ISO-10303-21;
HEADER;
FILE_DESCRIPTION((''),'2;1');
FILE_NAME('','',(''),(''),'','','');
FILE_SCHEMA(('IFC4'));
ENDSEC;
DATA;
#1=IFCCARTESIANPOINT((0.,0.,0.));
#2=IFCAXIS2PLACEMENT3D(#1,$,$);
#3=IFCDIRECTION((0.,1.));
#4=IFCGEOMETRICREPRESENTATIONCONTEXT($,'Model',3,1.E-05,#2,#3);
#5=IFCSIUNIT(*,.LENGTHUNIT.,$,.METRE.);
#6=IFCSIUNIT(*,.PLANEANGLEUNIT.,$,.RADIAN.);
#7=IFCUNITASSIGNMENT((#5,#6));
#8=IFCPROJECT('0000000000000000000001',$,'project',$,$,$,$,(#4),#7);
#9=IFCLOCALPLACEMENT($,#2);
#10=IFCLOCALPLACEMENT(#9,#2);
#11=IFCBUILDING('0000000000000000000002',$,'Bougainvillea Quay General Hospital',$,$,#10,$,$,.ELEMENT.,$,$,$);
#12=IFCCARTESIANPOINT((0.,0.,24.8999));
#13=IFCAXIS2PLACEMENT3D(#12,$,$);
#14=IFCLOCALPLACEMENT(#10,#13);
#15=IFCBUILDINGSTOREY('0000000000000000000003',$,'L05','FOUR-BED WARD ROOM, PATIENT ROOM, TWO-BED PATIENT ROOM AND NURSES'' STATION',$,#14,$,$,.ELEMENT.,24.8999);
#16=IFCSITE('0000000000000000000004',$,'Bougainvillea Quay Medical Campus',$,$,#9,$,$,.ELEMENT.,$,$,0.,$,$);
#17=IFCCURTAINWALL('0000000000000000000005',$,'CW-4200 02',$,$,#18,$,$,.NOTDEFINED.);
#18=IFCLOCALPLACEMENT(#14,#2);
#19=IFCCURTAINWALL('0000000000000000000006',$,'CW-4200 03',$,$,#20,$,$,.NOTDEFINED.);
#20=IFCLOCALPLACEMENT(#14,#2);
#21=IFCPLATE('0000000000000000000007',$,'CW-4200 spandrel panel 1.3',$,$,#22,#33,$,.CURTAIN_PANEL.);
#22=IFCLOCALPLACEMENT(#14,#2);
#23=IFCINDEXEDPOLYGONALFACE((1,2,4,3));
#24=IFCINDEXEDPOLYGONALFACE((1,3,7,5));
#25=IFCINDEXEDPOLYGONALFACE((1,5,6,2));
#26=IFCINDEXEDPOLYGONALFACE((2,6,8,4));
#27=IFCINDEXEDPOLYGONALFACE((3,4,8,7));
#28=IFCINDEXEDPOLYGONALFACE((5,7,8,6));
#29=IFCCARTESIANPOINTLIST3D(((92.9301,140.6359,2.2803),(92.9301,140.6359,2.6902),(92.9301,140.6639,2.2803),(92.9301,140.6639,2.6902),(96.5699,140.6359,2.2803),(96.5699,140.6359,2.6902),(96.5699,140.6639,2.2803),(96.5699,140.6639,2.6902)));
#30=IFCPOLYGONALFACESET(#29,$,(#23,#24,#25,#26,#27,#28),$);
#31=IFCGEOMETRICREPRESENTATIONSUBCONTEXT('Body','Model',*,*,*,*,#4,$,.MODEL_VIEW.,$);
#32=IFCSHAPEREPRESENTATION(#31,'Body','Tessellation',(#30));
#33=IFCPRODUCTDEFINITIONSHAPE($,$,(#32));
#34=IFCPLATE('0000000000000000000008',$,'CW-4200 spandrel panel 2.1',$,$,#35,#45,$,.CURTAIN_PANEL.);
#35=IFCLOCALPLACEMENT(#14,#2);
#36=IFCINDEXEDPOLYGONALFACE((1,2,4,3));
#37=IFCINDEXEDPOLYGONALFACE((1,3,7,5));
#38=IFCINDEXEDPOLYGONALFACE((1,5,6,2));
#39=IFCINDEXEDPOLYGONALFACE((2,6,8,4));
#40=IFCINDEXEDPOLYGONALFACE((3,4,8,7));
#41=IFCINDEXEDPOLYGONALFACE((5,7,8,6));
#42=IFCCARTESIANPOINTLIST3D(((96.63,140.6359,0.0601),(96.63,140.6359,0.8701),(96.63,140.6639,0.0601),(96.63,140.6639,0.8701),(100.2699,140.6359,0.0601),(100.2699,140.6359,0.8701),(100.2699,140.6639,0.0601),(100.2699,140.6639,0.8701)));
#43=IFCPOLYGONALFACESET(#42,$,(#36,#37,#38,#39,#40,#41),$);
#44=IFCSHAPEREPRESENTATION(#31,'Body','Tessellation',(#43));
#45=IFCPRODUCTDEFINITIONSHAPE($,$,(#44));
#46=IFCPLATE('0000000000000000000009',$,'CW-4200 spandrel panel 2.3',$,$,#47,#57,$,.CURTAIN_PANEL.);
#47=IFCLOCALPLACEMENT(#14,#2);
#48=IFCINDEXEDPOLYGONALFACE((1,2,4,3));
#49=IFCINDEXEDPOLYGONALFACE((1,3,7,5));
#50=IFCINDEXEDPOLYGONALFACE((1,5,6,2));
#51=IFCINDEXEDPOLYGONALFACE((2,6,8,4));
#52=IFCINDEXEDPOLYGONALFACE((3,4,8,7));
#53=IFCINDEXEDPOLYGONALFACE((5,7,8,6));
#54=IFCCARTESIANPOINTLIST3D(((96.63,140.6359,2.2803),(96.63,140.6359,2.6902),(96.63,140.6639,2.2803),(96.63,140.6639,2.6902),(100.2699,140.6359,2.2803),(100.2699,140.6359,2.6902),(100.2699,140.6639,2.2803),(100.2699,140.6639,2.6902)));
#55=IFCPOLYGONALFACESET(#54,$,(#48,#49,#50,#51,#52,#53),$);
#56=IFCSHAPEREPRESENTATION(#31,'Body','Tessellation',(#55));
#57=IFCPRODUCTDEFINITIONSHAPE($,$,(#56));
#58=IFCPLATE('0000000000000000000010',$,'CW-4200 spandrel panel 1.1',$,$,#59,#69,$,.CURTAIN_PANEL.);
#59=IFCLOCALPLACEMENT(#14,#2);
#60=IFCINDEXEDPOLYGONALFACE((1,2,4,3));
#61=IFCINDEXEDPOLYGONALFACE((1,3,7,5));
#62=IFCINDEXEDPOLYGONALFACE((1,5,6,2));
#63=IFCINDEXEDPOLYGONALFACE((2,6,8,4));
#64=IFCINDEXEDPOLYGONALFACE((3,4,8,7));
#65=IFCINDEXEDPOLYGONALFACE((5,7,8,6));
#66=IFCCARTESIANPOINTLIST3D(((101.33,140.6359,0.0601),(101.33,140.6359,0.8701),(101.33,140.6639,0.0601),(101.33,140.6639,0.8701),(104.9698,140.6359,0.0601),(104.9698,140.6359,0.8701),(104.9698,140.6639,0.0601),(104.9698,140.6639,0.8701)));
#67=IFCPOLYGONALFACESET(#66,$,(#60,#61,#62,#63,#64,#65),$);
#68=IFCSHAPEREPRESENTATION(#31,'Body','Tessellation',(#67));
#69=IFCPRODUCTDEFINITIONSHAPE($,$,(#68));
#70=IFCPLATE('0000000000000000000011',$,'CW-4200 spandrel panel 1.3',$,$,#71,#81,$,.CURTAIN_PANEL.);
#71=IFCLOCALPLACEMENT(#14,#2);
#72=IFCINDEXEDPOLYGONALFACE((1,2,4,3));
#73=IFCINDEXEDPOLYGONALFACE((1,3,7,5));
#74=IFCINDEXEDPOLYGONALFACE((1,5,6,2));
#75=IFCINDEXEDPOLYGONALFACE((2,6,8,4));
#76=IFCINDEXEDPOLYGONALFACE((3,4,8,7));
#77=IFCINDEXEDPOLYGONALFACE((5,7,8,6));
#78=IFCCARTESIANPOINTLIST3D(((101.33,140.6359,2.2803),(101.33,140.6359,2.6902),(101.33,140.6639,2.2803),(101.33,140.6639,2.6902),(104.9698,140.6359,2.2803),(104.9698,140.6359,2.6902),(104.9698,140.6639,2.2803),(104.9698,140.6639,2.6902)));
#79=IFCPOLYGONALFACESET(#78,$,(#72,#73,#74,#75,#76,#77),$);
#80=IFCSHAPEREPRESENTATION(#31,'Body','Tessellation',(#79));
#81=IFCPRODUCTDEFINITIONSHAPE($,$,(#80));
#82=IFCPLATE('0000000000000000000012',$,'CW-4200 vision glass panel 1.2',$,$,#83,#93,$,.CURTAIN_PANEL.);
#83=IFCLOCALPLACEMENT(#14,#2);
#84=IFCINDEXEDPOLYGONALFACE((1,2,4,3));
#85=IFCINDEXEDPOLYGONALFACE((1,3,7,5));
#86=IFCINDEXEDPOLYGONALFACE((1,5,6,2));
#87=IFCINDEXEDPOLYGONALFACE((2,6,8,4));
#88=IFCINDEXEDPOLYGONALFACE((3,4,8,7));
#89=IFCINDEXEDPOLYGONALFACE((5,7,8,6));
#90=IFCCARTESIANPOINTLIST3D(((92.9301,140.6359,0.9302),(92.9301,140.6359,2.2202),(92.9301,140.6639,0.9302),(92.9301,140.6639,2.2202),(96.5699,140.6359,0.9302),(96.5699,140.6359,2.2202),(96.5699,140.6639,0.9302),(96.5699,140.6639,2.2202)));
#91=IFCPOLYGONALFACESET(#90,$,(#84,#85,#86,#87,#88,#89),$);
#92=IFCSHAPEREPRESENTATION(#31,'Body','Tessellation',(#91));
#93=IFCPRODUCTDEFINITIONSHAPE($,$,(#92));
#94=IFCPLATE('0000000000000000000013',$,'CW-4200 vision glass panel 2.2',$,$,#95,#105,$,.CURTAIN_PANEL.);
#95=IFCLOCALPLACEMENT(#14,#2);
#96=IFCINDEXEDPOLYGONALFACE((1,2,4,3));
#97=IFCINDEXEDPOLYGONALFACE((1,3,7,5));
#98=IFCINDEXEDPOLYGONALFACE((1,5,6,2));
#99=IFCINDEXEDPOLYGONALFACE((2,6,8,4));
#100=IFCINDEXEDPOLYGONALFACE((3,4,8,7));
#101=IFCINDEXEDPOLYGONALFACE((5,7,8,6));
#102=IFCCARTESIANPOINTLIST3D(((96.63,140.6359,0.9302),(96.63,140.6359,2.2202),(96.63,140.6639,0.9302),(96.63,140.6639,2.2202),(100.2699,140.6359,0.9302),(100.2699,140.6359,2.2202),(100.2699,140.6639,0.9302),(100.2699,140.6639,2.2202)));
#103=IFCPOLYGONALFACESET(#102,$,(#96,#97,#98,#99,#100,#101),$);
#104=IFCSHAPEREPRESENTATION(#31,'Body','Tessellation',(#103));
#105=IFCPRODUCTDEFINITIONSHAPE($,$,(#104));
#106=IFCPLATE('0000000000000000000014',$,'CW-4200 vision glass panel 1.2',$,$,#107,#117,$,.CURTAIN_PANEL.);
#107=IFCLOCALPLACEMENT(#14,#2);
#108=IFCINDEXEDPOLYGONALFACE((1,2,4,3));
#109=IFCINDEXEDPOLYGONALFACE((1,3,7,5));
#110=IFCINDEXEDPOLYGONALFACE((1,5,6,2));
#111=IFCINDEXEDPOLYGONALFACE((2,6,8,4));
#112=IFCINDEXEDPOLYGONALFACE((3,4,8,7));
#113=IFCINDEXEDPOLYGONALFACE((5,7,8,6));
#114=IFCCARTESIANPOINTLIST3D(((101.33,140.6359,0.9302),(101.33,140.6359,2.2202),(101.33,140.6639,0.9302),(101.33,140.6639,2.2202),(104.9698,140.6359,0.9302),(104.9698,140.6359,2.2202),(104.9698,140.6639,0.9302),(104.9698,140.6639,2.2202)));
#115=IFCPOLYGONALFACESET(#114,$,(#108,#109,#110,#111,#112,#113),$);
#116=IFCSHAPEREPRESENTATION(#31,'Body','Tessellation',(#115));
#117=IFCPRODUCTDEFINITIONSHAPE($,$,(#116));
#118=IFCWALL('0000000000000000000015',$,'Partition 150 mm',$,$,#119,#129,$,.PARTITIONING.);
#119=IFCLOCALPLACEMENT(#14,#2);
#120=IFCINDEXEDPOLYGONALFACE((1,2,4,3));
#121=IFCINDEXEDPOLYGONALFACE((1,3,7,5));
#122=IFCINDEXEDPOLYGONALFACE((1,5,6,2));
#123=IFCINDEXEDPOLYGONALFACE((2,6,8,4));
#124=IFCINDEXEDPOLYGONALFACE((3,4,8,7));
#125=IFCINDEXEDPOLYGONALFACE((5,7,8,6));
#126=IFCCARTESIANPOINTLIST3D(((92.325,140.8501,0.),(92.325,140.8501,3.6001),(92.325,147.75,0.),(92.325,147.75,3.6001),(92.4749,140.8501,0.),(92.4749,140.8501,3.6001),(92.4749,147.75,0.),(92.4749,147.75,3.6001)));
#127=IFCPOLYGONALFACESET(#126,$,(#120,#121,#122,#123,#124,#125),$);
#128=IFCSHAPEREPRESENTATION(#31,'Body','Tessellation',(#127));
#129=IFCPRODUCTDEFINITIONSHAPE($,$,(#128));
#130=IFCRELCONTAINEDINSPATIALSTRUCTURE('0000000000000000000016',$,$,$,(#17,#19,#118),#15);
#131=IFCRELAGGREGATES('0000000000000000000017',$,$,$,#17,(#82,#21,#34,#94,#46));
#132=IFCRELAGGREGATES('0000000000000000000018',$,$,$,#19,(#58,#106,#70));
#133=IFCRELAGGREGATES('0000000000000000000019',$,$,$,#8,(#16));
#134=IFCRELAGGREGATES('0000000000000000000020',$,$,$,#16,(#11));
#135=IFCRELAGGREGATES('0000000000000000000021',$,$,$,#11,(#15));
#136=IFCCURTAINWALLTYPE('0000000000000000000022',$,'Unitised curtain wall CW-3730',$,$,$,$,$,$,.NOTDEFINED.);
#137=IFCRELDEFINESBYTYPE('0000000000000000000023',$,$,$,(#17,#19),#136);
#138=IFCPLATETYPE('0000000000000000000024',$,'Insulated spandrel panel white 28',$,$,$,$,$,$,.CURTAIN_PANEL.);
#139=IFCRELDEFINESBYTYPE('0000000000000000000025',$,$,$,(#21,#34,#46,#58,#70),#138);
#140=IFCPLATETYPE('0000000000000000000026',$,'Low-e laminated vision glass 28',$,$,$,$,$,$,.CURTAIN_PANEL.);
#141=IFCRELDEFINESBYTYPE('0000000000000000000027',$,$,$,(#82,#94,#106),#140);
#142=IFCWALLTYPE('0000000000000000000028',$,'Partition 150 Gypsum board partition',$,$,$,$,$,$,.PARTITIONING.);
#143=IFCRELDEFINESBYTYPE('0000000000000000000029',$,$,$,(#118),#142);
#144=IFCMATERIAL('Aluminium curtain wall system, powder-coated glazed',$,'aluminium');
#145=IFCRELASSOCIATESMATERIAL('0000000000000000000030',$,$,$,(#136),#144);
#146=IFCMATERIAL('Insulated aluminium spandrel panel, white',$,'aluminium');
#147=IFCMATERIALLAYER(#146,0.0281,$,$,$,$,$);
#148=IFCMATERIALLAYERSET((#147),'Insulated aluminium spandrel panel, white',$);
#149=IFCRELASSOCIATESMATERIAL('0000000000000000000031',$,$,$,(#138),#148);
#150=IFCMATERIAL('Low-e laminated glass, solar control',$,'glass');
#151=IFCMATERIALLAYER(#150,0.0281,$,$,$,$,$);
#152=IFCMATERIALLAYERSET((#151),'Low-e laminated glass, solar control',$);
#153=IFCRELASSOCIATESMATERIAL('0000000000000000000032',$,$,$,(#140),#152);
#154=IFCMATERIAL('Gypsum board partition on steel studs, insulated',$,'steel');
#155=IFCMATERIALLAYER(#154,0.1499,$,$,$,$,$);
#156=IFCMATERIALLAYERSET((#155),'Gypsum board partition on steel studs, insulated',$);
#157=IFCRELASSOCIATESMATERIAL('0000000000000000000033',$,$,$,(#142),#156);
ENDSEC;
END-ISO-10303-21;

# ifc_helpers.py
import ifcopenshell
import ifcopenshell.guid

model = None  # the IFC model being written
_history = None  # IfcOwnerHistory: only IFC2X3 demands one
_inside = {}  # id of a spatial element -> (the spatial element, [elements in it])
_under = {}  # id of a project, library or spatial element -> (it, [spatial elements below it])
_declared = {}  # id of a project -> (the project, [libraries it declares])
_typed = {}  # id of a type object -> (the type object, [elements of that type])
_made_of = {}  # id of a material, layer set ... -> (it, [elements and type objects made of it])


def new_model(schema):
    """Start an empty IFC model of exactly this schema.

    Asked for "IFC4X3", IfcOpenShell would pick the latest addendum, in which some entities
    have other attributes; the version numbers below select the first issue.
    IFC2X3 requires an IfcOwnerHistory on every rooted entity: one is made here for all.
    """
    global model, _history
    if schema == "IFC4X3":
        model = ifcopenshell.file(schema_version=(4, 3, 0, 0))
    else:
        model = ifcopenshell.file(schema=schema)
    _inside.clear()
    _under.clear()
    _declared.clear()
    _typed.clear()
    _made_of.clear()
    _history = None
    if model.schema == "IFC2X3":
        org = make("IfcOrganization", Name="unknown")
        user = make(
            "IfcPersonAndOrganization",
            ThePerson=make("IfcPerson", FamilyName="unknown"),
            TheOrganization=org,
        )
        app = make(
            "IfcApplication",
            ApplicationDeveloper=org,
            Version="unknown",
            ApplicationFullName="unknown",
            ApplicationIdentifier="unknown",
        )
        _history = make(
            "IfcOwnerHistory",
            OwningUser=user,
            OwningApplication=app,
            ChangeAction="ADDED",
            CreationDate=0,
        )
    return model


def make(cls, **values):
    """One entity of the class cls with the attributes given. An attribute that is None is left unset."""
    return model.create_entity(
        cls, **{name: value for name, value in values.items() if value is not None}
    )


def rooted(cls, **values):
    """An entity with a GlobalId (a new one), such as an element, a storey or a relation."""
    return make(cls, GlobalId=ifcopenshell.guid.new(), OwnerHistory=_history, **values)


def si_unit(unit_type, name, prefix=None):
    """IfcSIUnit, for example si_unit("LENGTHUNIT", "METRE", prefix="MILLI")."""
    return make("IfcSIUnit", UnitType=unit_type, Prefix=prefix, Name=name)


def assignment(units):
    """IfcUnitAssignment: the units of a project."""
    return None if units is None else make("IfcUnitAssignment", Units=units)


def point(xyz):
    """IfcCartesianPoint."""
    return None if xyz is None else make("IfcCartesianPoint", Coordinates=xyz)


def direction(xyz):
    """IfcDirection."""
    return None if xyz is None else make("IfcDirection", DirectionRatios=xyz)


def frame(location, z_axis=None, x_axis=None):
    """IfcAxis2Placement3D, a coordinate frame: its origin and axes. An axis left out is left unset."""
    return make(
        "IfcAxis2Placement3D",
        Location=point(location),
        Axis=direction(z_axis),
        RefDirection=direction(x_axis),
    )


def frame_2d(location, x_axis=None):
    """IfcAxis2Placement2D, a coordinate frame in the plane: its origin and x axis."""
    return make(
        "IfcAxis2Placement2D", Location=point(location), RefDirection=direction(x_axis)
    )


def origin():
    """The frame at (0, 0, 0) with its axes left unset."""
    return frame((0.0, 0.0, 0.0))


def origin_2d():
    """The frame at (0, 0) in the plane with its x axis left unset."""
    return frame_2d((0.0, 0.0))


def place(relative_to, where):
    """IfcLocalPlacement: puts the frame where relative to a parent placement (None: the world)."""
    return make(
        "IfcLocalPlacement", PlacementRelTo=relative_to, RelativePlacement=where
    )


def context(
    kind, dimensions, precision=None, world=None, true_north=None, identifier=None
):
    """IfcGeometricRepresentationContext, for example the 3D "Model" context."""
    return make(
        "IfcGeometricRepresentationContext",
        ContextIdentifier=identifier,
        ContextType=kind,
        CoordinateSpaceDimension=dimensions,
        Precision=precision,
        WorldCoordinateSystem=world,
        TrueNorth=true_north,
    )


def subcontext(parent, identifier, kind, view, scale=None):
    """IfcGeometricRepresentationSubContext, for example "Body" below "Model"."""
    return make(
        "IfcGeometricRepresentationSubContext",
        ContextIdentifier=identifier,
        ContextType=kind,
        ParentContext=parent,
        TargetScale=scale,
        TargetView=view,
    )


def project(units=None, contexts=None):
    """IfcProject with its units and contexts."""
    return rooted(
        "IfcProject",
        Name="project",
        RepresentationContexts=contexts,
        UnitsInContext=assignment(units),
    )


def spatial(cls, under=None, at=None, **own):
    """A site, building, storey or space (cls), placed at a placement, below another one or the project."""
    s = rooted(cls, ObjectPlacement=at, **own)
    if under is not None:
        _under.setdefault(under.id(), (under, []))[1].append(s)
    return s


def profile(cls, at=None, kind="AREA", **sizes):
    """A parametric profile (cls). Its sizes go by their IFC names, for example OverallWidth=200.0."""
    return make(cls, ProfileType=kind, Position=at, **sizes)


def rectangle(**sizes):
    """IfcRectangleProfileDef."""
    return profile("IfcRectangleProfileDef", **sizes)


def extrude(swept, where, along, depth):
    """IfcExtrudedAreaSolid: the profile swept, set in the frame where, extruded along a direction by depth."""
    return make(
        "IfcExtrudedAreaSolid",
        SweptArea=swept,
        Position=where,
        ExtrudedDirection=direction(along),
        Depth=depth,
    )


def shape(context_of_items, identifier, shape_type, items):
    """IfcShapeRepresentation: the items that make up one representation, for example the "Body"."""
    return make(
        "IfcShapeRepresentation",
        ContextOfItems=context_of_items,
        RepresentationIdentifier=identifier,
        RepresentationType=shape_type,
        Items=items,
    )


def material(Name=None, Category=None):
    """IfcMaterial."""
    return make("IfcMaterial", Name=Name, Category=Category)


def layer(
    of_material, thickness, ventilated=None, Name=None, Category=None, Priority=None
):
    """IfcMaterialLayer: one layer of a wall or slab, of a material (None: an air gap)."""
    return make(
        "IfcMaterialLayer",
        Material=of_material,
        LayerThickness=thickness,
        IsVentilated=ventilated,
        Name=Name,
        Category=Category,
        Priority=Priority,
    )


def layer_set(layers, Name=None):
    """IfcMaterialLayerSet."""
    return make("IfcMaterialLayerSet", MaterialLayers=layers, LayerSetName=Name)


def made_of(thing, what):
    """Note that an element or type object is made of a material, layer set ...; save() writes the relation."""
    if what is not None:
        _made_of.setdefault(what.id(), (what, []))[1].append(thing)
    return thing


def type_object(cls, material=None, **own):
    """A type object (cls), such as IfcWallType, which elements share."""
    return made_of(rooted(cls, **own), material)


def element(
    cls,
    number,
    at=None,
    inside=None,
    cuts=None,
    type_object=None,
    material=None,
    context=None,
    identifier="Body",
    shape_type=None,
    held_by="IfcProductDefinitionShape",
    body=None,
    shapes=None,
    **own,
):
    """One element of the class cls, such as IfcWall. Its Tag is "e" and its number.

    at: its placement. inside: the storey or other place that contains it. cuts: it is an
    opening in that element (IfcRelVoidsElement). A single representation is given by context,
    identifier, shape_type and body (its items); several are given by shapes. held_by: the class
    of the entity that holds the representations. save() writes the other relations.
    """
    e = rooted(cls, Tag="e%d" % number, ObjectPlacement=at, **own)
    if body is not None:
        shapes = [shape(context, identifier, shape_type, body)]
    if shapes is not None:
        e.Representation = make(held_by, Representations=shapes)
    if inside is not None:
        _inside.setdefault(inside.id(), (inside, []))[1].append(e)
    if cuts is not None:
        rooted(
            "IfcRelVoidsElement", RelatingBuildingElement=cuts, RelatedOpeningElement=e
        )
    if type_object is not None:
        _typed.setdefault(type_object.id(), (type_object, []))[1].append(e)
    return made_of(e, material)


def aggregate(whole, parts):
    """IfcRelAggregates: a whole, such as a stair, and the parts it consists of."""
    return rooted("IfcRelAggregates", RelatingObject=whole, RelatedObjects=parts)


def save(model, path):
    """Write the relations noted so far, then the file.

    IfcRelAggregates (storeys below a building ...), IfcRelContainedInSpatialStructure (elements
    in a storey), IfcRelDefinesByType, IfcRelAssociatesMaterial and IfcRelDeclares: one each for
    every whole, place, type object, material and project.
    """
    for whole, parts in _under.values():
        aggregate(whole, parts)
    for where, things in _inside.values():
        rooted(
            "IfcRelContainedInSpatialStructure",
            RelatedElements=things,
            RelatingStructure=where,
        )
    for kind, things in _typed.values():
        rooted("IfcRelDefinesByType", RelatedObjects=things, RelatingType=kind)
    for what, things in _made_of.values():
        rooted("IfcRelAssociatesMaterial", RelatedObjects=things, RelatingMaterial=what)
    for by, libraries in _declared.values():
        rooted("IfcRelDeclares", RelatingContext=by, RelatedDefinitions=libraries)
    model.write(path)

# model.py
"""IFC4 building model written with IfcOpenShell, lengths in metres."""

from ifc_helpers import new_model, si_unit, direction, frame, frame_2d, origin, origin_2d, place, context, subcontext, project, spatial, rectangle, extrude, material, layer, layer_set, type_object, element, aggregate, save


model = new_model("IFC4")

# Units and contexts
model_context = context("Model", 3, precision=1e-05, world=origin(), true_north=direction((0.0, 1.0)))
body_context = subcontext(model_context, "Body", "Model", "MODEL_VIEW")
ifc_project = project(units=[si_unit("LENGTHUNIT", "METRE"), si_unit("PLANEANGLEUNIT", "RADIAN")], contexts=[model_context])

# Site, building, storey
site_placement = place(None, origin())
site = spatial("IfcSite", under=ifc_project, at=site_placement, Name="Bougainvillea Quay Medical Campus", CompositionType="ELEMENT", RefElevation=0.0)
building_placement = place(site_placement, origin())
building = spatial("IfcBuilding", under=site, at=building_placement, Name="Bougainvillea Quay General Hospital", CompositionType="ELEMENT")
storey_placement = place(building_placement, frame((0.0, 0.0, 24.8999)))
storey = spatial("IfcBuildingStorey", under=building, at=storey_placement, Name="L05", Description="FOUR-BED WARD ROOM, PATIENT ROOM, TWO-BED PATIENT ROOM AND NURSES' STATION", CompositionType="ELEMENT", Elevation=24.8999)

# Curtain wall
ifc_material_1 = material(Name="Aluminium curtain wall system, powder-coated glazed", Category="aluminium")
curtain_wall_type = type_object("IfcCurtainWallType", Name="Unitised curtain wall CW-3730", PredefinedType="NOTDEFINED", material=ifc_material_1)
curtain_wall_1_placement = place(storey_placement, origin())
curtain_wall_1 = element("IfcCurtainWall", 1, at=curtain_wall_1_placement, inside=storey, type_object=curtain_wall_type, Name="CW-4200 02", PredefinedType="NOTDEFINED")

# Curtain wall
curtain_wall_2_placement = place(storey_placement, origin())
curtain_wall_2 = element("IfcCurtainWall", 2, at=curtain_wall_2_placement, inside=storey, type_object=curtain_wall_type, Name="CW-4200 03", PredefinedType="NOTDEFINED")

# Plates
ifc_material_2 = material(Name="Insulated aluminium spandrel panel, white", Category="aluminium")
ifc_layer_1 = layer(ifc_material_2, 0.0281)
ifc_layer_set_1 = layer_set([ifc_layer_1], Name="Insulated aluminium spandrel panel, white")
plate_type_1 = type_object("IfcPlateType", Name="Insulated spandrel panel white 28", PredefinedType="CURTAIN_PANEL", material=ifc_layer_set_1)
plate_1_placement = place(storey_placement, frame((94.75, 140.6499, 2.2803), z_axis=(0.0, 0.0, 1.0), x_axis=(1.0, 0.0, 0.0)))
plate_1 = element("IfcPlate", 3, at=plate_1_placement, type_object=plate_type_1, Name="CW-4200 spandrel panel 1.3", PredefinedType="CURTAIN_PANEL", context=body_context, shape_type="SweptSolid", body=[
    extrude(rectangle(XDim=3.6399, YDim=0.0281, at=origin_2d()), origin(), (0.0, 0.0, 1.0), 0.4099),
])
plate_2_placement = place(storey_placement, frame((98.45, 140.6499, 0.0601), z_axis=(0.0, 0.0, 1.0), x_axis=(1.0, 0.0, 0.0)))
plate_2 = element("IfcPlate", 4, at=plate_2_placement, type_object=plate_type_1, Name="CW-4200 spandrel panel 2.1", PredefinedType="CURTAIN_PANEL", context=body_context, shape_type="SweptSolid", body=[
    extrude(rectangle(XDim=3.6399, YDim=0.0281, at=origin_2d()), origin(), (0.0, 0.0, 1.0), 0.8101),
])
plate_3_placement = place(storey_placement, frame((98.45, 140.6499, 2.2803), z_axis=(0.0, 0.0, 1.0), x_axis=(1.0, 0.0, 0.0)))
plate_3 = element("IfcPlate", 5, at=plate_3_placement, type_object=plate_type_1, Name="CW-4200 spandrel panel 2.3", PredefinedType="CURTAIN_PANEL", context=body_context, shape_type="SweptSolid", body=[
    extrude(rectangle(XDim=3.6399, YDim=0.0281, at=origin_2d()), origin(), (0.0, 0.0, 1.0), 0.4099),
])
plate_4_placement = place(storey_placement, frame((103.1499, 140.6499, 0.0601), z_axis=(0.0, 0.0, 1.0), x_axis=(1.0, 0.0, 0.0)))
plate_4 = element("IfcPlate", 6, at=plate_4_placement, type_object=plate_type_1, Name="CW-4200 spandrel panel 1.1", PredefinedType="CURTAIN_PANEL", context=body_context, shape_type="SweptSolid", body=[
    extrude(rectangle(XDim=3.6399, YDim=0.0281, at=origin_2d()), origin(), (0.0, 0.0, 1.0), 0.8101),
])
plate_5_placement = place(storey_placement, frame((103.1499, 140.6499, 2.2803), z_axis=(0.0, 0.0, 1.0), x_axis=(1.0, 0.0, 0.0)))
plate_5 = element("IfcPlate", 7, at=plate_5_placement, type_object=plate_type_1, Name="CW-4200 spandrel panel 1.3", PredefinedType="CURTAIN_PANEL", context=body_context, shape_type="SweptSolid", body=[
    extrude(rectangle(XDim=3.6399, YDim=0.0281, at=origin_2d()), origin(), (0.0, 0.0, 1.0), 0.4099),
])
ifc_material_3 = material(Name="Low-e laminated glass, solar control", Category="glass")
ifc_layer_2 = layer(ifc_material_3, 0.0281)
ifc_layer_set_2 = layer_set([ifc_layer_2], Name="Low-e laminated glass, solar control")
plate_type_2 = type_object("IfcPlateType", Name="Low-e laminated vision glass 28", PredefinedType="CURTAIN_PANEL", material=ifc_layer_set_2)
plate_6_placement = place(storey_placement, frame((94.75, 140.6499, 0.9302), z_axis=(0.0, 0.0, 1.0), x_axis=(1.0, 0.0, 0.0)))
plate_6 = element("IfcPlate", 8, at=plate_6_placement, type_object=plate_type_2, Name="CW-4200 vision glass panel 1.2", PredefinedType="CURTAIN_PANEL", context=body_context, shape_type="SweptSolid", body=[
    extrude(rectangle(XDim=3.6399, YDim=0.0281, at=origin_2d()), origin(), (0.0, 0.0, 1.0), 1.29),
])
plate_7_placement = place(storey_placement, frame((98.45, 140.6499, 0.9302), z_axis=(0.0, 0.0, 1.0), x_axis=(1.0, 0.0, 0.0)))
plate_7 = element("IfcPlate", 9, at=plate_7_placement, type_object=plate_type_2, Name="CW-4200 vision glass panel 2.2", PredefinedType="CURTAIN_PANEL", context=body_context, shape_type="SweptSolid", body=[
    extrude(rectangle(XDim=3.6399, YDim=0.0281, at=origin_2d()), origin(), (0.0, 0.0, 1.0), 1.29),
])
aggregate(curtain_wall_1, [plate_6, plate_1, plate_2, plate_7, plate_3])
plate_8_placement = place(storey_placement, frame((103.1499, 140.6499, 0.9302), z_axis=(0.0, 0.0, 1.0), x_axis=(1.0, 0.0, 0.0)))
plate_8 = element("IfcPlate", 10, at=plate_8_placement, type_object=plate_type_2, Name="CW-4200 vision glass panel 1.2", PredefinedType="CURTAIN_PANEL", context=body_context, shape_type="SweptSolid", body=[
    extrude(rectangle(XDim=3.6399, YDim=0.0281, at=origin_2d()), origin(), (0.0, 0.0, 1.0), 1.29),
])
aggregate(curtain_wall_2, [plate_4, plate_8, plate_5])

# Wall
ifc_material_4 = material(Name="Gypsum board partition on steel studs, insulated", Category="steel")
ifc_layer_3 = layer(ifc_material_4, 0.1499)
ifc_layer_set_3 = layer_set([ifc_layer_3], Name="Gypsum board partition on steel studs, insulated")
wall_type = type_object("IfcWallType", Name="Partition 150 Gypsum board partition", PredefinedType="PARTITIONING", material=ifc_layer_set_3)
wall_placement = place(storey_placement, frame((92.3999, 140.8501, 0.0), z_axis=(0.0, 0.0, 1.0), x_axis=(0.0, 1.0, 0.0)))
element("IfcWall", 11, at=wall_placement, inside=storey, type_object=wall_type, Name="Partition 150 mm", PredefinedType="PARTITIONING", context=body_context, shape_type="SweptSolid", body=[
    extrude(rectangle(XDim=6.8999, YDim=0.1499, at=frame_2d((3.45, 0.0))), origin(), (0.0, 0.0, 1.0), 3.6001),
])

save(model, "model.ifc")
